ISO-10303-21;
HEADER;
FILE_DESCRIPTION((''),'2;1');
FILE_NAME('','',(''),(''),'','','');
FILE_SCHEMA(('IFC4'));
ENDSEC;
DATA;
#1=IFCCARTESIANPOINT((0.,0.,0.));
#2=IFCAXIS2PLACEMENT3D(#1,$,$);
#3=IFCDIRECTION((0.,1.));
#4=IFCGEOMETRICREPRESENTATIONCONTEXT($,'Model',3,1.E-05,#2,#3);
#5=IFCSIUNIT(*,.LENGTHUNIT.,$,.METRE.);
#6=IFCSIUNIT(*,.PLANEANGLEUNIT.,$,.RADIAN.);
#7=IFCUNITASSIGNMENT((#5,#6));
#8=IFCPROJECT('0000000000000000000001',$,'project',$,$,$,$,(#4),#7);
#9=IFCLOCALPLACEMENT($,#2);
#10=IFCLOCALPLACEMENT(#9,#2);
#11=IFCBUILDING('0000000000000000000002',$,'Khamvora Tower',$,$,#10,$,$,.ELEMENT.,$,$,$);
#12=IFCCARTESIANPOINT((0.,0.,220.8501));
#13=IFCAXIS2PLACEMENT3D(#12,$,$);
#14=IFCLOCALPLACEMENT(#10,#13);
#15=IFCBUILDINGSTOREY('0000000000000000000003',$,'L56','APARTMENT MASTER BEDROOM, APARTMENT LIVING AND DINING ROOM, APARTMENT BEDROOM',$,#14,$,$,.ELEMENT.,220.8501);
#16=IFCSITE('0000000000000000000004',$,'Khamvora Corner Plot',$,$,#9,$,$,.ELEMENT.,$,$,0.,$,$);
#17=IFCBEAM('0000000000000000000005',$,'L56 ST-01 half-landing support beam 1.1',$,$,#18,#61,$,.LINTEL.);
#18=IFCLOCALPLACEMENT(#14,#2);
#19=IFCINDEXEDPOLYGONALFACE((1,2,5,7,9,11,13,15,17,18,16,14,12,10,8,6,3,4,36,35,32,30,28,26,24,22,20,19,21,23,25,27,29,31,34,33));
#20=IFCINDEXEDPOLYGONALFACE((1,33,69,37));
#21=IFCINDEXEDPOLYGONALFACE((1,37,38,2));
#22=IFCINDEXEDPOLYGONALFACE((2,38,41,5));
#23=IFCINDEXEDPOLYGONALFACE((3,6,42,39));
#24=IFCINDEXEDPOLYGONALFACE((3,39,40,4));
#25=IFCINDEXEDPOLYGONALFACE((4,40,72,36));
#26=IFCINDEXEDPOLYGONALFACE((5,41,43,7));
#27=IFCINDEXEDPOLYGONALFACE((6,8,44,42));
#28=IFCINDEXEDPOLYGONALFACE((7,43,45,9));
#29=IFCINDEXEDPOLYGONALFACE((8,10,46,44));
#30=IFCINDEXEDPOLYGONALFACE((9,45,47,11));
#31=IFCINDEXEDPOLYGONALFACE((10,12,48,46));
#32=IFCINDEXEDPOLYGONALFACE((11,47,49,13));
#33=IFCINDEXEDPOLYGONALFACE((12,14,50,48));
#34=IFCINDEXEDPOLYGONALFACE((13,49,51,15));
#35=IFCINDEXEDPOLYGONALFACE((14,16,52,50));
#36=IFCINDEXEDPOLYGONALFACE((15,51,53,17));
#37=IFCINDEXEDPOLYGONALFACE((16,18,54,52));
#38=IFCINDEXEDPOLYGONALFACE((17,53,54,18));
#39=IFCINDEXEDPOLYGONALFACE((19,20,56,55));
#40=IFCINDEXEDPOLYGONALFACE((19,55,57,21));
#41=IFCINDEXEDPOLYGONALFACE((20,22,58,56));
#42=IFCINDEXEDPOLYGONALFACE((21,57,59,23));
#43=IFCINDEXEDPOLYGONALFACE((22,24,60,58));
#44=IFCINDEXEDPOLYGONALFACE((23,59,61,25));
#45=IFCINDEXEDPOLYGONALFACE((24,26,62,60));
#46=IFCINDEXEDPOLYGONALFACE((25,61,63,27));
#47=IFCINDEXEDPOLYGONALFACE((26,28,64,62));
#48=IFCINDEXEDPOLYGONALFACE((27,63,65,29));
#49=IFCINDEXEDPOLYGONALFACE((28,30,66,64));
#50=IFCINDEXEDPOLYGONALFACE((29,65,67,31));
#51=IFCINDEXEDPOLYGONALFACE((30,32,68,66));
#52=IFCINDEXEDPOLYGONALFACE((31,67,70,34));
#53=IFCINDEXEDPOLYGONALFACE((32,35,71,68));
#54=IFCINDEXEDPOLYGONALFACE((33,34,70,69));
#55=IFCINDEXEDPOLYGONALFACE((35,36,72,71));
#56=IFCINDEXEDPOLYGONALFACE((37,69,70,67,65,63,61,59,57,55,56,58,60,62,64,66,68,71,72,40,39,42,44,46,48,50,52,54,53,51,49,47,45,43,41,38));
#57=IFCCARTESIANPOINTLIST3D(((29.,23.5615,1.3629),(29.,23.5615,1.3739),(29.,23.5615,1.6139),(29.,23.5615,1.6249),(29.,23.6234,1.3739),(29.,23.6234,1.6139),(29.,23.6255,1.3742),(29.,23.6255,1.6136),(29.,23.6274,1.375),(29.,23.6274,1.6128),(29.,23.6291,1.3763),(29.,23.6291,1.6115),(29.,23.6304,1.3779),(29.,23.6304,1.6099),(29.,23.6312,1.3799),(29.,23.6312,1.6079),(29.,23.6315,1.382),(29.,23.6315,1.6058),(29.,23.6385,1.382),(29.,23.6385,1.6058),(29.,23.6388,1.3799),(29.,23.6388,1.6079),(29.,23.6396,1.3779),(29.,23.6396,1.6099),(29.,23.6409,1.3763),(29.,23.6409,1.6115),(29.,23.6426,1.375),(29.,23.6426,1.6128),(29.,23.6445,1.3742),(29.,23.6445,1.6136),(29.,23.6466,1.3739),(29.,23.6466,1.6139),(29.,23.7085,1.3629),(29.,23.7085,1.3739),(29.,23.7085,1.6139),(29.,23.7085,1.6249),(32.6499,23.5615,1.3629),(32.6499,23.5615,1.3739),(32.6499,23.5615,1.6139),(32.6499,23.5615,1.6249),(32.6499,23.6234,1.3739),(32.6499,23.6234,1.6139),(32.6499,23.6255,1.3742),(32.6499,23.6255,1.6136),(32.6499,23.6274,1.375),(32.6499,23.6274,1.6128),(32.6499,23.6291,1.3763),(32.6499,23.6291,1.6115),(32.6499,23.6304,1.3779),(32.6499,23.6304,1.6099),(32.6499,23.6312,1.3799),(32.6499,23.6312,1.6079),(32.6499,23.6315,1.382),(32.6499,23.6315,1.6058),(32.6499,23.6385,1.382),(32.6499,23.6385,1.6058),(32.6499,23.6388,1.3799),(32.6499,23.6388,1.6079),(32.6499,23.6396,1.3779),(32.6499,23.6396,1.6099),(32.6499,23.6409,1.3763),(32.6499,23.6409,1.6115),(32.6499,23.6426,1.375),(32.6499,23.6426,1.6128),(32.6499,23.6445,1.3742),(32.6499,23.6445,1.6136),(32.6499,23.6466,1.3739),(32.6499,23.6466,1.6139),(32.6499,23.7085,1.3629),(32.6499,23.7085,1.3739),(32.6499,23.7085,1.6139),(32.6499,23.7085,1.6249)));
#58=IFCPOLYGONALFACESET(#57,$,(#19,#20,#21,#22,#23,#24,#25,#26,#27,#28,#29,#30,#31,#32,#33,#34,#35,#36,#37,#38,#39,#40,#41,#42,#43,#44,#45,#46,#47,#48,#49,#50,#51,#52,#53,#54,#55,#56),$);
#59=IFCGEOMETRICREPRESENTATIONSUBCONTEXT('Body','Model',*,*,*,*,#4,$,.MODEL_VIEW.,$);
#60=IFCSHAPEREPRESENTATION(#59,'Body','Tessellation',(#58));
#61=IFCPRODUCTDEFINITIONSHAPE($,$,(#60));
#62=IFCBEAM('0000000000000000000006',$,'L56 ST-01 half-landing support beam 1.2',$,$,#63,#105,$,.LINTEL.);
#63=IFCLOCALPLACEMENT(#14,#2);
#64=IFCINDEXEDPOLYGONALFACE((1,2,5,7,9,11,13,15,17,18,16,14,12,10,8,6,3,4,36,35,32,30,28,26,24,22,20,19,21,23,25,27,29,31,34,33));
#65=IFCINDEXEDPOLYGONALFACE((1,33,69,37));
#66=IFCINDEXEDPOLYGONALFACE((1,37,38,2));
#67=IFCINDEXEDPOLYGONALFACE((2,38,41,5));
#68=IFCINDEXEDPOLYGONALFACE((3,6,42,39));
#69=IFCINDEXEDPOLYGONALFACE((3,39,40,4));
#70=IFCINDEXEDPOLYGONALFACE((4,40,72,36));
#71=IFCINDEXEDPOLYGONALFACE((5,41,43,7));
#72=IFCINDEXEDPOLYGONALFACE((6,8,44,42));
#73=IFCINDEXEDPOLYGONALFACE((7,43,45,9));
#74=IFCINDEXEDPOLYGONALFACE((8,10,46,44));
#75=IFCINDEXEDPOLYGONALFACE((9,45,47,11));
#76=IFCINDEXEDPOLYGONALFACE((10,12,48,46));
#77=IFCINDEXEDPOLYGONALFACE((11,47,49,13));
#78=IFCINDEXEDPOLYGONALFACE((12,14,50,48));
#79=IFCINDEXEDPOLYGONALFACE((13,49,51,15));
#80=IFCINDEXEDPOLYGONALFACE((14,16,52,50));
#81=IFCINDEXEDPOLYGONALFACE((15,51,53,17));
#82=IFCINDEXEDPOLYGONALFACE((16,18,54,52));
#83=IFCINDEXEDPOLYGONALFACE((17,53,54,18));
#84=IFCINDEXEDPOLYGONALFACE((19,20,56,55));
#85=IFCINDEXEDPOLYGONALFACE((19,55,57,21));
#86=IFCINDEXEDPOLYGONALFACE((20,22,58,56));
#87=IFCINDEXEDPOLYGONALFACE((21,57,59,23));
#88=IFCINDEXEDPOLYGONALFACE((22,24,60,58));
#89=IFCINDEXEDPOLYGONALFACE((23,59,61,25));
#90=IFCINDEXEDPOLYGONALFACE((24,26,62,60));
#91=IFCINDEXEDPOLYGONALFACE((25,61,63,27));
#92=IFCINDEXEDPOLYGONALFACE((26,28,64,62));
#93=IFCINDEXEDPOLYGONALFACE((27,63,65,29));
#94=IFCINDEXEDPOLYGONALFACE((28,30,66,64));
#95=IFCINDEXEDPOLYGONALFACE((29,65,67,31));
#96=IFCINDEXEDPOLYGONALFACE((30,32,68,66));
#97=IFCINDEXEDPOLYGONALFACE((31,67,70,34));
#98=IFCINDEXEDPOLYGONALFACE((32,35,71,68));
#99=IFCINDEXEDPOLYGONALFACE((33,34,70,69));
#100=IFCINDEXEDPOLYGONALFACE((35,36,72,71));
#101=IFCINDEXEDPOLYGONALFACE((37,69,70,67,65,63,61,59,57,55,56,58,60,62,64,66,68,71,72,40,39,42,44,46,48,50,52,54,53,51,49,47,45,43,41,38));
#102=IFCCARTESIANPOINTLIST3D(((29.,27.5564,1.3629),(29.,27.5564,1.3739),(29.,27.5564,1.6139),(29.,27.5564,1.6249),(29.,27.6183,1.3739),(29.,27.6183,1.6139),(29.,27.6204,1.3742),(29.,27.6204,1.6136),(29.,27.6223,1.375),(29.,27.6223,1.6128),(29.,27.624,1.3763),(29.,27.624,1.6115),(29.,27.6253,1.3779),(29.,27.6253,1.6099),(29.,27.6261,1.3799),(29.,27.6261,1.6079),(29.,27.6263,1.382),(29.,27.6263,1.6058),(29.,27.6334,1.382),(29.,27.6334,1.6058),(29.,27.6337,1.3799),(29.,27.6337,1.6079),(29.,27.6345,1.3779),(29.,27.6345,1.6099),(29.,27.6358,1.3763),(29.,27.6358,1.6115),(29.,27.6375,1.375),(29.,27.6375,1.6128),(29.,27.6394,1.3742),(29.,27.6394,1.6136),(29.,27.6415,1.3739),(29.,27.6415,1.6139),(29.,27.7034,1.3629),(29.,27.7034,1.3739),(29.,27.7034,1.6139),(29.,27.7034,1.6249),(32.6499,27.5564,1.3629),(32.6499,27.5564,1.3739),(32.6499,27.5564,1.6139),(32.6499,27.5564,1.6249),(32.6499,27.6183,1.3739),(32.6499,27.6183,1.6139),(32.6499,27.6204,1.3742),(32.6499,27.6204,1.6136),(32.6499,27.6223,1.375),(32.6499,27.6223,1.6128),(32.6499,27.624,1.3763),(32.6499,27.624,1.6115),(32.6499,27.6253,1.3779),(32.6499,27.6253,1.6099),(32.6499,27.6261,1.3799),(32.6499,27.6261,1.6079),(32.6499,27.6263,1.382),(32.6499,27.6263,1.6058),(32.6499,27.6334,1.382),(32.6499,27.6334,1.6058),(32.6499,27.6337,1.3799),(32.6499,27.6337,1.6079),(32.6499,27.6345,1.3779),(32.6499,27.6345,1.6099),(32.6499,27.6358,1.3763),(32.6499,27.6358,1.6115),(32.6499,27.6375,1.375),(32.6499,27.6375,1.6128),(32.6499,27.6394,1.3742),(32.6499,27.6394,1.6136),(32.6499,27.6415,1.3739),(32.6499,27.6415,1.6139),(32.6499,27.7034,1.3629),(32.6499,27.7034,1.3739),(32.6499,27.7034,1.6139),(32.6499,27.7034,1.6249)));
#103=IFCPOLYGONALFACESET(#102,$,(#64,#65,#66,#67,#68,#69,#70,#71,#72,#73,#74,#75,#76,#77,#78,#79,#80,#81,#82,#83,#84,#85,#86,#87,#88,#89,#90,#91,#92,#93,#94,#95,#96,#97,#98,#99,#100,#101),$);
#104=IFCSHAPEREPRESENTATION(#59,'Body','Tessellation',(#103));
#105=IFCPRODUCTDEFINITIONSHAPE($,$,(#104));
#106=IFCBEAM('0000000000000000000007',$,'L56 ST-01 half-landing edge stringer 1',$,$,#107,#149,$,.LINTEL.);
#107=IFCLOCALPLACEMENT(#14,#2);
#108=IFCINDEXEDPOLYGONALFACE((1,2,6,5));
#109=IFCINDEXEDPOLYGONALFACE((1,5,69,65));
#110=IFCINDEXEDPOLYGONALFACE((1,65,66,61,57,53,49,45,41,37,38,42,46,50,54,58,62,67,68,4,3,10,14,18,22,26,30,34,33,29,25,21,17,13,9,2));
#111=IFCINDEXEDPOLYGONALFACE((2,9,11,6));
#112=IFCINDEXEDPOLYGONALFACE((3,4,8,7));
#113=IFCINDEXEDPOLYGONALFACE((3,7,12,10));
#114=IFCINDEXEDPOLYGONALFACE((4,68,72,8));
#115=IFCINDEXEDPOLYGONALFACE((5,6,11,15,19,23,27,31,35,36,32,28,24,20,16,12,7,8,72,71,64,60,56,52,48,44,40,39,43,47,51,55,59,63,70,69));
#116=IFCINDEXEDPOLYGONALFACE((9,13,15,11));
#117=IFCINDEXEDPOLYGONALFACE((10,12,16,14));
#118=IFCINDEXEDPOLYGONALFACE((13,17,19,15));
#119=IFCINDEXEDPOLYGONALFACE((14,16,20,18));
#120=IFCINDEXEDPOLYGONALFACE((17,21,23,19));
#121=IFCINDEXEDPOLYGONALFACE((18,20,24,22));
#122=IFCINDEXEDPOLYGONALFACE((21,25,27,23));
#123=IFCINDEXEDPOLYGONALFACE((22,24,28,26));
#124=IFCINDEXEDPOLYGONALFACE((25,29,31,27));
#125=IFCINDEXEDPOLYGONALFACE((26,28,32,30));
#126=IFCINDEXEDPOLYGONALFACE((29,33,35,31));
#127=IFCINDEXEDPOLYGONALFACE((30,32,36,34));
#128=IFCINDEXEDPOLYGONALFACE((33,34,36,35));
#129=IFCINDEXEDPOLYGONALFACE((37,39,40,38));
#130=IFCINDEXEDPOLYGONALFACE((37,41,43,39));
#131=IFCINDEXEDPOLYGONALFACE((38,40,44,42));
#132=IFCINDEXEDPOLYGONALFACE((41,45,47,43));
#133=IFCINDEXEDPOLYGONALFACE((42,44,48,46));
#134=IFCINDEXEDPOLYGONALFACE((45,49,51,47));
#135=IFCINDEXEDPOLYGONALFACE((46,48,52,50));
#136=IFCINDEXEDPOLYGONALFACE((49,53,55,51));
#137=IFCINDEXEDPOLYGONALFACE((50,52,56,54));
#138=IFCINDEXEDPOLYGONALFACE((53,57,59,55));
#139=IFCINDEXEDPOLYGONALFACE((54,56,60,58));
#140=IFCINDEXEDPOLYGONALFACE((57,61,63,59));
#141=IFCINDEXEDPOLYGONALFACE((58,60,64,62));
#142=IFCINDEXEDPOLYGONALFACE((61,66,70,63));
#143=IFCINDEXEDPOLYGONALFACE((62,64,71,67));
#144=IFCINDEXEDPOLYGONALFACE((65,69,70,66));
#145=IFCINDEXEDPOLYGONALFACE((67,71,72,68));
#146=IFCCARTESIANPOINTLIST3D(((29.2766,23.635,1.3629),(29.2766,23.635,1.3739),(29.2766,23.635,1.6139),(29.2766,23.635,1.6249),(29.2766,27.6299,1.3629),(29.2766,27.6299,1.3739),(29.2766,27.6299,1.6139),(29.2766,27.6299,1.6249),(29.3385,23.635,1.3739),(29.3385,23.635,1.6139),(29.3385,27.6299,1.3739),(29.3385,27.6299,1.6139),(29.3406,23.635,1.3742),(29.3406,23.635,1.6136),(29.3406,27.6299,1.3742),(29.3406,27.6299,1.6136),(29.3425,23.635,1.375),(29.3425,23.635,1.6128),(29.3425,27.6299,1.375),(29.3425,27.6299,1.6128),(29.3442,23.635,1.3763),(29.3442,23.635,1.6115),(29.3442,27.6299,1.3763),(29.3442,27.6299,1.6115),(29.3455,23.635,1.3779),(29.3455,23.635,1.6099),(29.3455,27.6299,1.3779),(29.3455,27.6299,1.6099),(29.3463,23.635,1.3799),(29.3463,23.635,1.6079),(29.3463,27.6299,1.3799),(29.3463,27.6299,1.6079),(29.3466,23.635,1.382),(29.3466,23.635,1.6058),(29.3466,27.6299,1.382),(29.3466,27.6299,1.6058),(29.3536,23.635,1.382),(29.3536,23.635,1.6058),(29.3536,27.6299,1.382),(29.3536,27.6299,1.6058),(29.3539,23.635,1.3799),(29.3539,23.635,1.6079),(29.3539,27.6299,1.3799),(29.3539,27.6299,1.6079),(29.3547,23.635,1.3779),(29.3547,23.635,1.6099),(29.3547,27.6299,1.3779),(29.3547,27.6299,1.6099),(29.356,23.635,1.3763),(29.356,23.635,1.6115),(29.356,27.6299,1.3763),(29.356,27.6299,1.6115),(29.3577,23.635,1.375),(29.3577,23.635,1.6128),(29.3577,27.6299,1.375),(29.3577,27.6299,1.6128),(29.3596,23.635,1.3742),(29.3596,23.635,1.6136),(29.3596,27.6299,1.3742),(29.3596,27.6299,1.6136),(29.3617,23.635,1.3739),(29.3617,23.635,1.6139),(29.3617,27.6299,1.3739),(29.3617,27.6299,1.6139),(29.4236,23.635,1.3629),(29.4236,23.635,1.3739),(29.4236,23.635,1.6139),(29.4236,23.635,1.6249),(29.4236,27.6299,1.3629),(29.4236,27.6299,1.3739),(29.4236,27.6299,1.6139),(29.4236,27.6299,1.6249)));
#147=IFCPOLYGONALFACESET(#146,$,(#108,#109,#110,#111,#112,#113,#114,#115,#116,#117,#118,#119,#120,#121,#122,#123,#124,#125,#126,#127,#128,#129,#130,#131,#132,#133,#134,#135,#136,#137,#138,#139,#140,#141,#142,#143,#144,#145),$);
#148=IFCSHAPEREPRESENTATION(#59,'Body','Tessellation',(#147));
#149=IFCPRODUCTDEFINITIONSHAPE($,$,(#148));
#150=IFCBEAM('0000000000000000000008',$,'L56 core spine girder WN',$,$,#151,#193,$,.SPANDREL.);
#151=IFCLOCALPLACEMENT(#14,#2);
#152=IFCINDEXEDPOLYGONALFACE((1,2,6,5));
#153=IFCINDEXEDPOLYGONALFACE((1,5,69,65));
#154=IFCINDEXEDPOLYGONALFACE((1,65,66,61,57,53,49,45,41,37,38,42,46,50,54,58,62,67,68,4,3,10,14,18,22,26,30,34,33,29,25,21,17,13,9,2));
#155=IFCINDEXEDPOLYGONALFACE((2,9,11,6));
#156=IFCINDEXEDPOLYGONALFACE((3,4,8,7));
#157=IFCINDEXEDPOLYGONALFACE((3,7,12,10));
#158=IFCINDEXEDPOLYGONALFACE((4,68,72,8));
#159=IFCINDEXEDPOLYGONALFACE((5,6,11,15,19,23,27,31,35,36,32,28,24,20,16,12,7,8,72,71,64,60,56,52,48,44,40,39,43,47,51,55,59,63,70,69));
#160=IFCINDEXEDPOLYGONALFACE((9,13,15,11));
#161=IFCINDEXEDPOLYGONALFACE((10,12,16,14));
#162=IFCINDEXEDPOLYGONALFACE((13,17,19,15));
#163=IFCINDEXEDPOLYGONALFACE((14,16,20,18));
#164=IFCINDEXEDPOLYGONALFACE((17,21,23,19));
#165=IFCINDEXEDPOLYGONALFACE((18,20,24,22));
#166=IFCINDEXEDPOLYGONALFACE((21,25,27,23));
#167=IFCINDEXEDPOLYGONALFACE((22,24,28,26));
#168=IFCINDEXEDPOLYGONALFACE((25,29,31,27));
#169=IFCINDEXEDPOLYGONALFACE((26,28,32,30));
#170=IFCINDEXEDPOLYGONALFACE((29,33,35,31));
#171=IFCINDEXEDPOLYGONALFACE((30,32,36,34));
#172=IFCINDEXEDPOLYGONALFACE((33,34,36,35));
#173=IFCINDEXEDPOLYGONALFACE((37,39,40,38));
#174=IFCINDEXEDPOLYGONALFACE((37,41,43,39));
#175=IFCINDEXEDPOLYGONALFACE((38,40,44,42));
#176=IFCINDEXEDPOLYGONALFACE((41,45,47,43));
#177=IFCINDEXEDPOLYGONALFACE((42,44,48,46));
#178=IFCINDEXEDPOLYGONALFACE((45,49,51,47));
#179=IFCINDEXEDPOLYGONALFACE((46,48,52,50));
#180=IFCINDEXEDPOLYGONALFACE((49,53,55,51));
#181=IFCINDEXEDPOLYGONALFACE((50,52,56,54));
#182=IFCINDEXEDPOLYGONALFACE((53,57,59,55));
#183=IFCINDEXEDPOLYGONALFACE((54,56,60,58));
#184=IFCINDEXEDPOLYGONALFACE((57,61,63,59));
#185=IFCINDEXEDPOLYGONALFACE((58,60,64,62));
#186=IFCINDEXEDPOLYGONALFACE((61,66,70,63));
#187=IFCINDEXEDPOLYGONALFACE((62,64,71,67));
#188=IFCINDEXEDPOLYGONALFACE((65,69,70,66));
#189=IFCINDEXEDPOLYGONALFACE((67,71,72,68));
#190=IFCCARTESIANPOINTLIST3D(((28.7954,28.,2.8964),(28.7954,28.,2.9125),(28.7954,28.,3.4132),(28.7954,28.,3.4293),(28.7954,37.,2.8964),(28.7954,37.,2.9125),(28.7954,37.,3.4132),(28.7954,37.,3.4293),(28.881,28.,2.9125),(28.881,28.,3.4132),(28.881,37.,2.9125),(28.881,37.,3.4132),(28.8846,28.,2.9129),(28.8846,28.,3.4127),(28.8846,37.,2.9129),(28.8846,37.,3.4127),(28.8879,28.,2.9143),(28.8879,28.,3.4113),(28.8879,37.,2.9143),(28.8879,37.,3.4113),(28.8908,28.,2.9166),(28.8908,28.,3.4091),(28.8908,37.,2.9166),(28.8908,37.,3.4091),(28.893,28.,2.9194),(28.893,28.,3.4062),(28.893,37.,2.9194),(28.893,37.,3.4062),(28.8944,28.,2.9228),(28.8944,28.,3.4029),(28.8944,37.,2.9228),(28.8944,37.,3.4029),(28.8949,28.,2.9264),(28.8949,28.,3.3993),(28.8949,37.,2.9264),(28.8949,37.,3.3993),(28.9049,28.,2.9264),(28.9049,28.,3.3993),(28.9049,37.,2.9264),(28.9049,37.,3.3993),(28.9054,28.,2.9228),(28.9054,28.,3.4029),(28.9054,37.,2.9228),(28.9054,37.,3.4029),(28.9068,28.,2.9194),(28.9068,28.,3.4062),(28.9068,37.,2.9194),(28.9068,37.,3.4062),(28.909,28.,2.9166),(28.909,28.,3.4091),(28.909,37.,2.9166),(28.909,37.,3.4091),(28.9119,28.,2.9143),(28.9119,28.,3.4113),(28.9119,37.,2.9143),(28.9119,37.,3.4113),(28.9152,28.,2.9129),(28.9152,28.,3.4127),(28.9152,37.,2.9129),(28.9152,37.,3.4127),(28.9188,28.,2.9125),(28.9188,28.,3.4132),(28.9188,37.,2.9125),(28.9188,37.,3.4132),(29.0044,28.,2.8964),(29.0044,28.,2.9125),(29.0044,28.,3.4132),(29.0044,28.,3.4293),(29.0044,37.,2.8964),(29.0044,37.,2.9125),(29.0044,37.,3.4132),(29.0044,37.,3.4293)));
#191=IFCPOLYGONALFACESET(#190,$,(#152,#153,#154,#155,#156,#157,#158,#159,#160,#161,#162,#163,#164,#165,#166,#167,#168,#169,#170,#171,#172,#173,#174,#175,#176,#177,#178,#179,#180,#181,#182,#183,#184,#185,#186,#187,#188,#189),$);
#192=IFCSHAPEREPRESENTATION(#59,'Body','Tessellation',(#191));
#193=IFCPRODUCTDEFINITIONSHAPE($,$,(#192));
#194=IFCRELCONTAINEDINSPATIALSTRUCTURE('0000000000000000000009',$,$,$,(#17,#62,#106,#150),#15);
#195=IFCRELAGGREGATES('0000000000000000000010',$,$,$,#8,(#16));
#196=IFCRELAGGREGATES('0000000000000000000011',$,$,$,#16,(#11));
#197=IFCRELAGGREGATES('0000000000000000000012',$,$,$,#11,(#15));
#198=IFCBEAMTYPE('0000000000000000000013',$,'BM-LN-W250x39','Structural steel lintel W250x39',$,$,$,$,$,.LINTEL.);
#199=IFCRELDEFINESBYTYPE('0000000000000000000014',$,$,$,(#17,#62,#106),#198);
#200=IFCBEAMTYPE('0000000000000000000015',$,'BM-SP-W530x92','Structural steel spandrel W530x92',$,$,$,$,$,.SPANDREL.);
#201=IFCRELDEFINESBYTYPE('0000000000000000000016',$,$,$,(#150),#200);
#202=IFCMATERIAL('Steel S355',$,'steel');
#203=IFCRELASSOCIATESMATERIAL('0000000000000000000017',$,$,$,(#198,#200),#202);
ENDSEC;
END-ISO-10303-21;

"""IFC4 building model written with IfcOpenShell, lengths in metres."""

from ifc_helpers import new_model, si_unit, direction, frame, origin, origin_2d, place, context, subcontext, project, spatial, i_section, extrude, material, material_profile, profile_set, type_object, element, save


model = new_model("IFC4")

# Units and contexts
model_context = context("Model", 3, precision=1e-05, world=origin(), true_north=direction((0.0, 1.0)))
body_context = subcontext(model_context, "Body", "Model", "MODEL_VIEW")
ifc_project = project(units=[si_unit("LENGTHUNIT", "METRE"), si_unit("PLANEANGLEUNIT", "RADIAN")], contexts=[model_context])

# Site, building, storey
site_placement = place(None, origin())
site = spatial("IfcSite", under=ifc_project, at=site_placement, Name="Khamvora Corner Plot", CompositionType="ELEMENT", RefElevation=0.0)
building_placement = place(site_placement, origin())
building = spatial("IfcBuilding", under=site, at=building_placement, Name="Khamvora Tower", CompositionType="ELEMENT")
storey_placement = place(building_placement, frame((0.0, 0.0, 220.8501)))
storey = spatial("IfcBuildingStorey", under=building, at=storey_placement, Name="L56", Description="APARTMENT MASTER BEDROOM, APARTMENT LIVING AND DINING ROOM, APARTMENT BEDROOM", CompositionType="ELEMENT", Elevation=220.8501)

# Beams
ifc_material_1 = material(Name="Steel S355", Category="steel")
ifc_material_profile_1 = material_profile(ifc_material_1, i_section(OverallWidth=0.147, OverallDepth=0.262, WebThickness=0.0071, FlangeThickness=0.011, FilletRadius=0.0081, at=origin_2d()), Name="W250x39")
ifc_profile_set_1 = profile_set([ifc_material_profile_1], Name="Steel S355")
beam_type_1 = type_object("IfcBeamType", Name="BM-LN-W250x39", Description="Structural steel lintel W250x39", PredefinedType="LINTEL", material=ifc_profile_set_1)
for number, where, z_axis, x_axis, name in (
    (1, (29.0, 23.635, 1.4939), (1.0, 0.0, 0.0), (0.0, 1.0, 0.0), "L56 ST-01 half-landing support beam 1.1"),
    (2, (29.0, 27.6299, 1.4939), (1.0, 0.0, 0.0), (0.0, 1.0, 0.0), "L56 ST-01 half-landing support beam 1.2"),
):
    element("IfcBeam", number, at=place(storey_placement, frame(where, z_axis=z_axis, x_axis=x_axis)), inside=storey, type_object=beam_type_1, Name=name, PredefinedType="LINTEL", context=body_context, shape_type="SweptSolid", body=[
        extrude(i_section(OverallWidth=0.147, OverallDepth=0.262, WebThickness=0.0071, FlangeThickness=0.011, FilletRadius=0.0081, at=origin_2d()), origin(), (0.0, 0.0, 1.0), 3.6499),
    ])
beam_1_placement = place(storey_placement, frame((29.3501, 23.635, 1.4939), z_axis=(0.0, 1.0, 0.0), x_axis=(-1.0, 0.0, 0.0)))
element("IfcBeam", 3, at=beam_1_placement, inside=storey, type_object=beam_type_1, Name="L56 ST-01 half-landing edge stringer 1", PredefinedType="LINTEL", context=body_context, shape_type="SweptSolid", body=[
    extrude(i_section(OverallWidth=0.147, OverallDepth=0.262, WebThickness=0.0071, FlangeThickness=0.011, FilletRadius=0.0081, at=origin_2d()), origin(), (0.0, 0.0, 1.0), 3.9949),
])
ifc_material_profile_2 = material_profile(ifc_material_1, i_section(OverallWidth=0.209, OverallDepth=0.533, WebThickness=0.01, FlangeThickness=0.0161, FilletRadius=0.0139, at=origin_2d()), Name="W530x92")
ifc_profile_set_2 = profile_set([ifc_material_profile_2], Name="Steel S355")
beam_type_2 = type_object("IfcBeamType", Name="BM-SP-W530x92", Description="Structural steel spandrel W530x92", PredefinedType="SPANDREL", material=ifc_profile_set_2)
beam_2_placement = place(storey_placement, frame((28.8999, 28.0, 3.1628), z_axis=(0.0, 1.0, 0.0), x_axis=(-1.0, 0.0, 0.0)))
element("IfcBeam", 4, at=beam_2_placement, inside=storey, type_object=beam_type_2, Name="L56 core spine girder WN", PredefinedType="SPANDREL", context=body_context, shape_type="SweptSolid", body=[
    extrude(i_section(OverallWidth=0.209, OverallDepth=0.533, WebThickness=0.01, FlangeThickness=0.0161, FilletRadius=0.0139, at=origin_2d()), origin(), (0.0, 0.0, 1.0), 9.0),
])

save(model, "model.ifc")
